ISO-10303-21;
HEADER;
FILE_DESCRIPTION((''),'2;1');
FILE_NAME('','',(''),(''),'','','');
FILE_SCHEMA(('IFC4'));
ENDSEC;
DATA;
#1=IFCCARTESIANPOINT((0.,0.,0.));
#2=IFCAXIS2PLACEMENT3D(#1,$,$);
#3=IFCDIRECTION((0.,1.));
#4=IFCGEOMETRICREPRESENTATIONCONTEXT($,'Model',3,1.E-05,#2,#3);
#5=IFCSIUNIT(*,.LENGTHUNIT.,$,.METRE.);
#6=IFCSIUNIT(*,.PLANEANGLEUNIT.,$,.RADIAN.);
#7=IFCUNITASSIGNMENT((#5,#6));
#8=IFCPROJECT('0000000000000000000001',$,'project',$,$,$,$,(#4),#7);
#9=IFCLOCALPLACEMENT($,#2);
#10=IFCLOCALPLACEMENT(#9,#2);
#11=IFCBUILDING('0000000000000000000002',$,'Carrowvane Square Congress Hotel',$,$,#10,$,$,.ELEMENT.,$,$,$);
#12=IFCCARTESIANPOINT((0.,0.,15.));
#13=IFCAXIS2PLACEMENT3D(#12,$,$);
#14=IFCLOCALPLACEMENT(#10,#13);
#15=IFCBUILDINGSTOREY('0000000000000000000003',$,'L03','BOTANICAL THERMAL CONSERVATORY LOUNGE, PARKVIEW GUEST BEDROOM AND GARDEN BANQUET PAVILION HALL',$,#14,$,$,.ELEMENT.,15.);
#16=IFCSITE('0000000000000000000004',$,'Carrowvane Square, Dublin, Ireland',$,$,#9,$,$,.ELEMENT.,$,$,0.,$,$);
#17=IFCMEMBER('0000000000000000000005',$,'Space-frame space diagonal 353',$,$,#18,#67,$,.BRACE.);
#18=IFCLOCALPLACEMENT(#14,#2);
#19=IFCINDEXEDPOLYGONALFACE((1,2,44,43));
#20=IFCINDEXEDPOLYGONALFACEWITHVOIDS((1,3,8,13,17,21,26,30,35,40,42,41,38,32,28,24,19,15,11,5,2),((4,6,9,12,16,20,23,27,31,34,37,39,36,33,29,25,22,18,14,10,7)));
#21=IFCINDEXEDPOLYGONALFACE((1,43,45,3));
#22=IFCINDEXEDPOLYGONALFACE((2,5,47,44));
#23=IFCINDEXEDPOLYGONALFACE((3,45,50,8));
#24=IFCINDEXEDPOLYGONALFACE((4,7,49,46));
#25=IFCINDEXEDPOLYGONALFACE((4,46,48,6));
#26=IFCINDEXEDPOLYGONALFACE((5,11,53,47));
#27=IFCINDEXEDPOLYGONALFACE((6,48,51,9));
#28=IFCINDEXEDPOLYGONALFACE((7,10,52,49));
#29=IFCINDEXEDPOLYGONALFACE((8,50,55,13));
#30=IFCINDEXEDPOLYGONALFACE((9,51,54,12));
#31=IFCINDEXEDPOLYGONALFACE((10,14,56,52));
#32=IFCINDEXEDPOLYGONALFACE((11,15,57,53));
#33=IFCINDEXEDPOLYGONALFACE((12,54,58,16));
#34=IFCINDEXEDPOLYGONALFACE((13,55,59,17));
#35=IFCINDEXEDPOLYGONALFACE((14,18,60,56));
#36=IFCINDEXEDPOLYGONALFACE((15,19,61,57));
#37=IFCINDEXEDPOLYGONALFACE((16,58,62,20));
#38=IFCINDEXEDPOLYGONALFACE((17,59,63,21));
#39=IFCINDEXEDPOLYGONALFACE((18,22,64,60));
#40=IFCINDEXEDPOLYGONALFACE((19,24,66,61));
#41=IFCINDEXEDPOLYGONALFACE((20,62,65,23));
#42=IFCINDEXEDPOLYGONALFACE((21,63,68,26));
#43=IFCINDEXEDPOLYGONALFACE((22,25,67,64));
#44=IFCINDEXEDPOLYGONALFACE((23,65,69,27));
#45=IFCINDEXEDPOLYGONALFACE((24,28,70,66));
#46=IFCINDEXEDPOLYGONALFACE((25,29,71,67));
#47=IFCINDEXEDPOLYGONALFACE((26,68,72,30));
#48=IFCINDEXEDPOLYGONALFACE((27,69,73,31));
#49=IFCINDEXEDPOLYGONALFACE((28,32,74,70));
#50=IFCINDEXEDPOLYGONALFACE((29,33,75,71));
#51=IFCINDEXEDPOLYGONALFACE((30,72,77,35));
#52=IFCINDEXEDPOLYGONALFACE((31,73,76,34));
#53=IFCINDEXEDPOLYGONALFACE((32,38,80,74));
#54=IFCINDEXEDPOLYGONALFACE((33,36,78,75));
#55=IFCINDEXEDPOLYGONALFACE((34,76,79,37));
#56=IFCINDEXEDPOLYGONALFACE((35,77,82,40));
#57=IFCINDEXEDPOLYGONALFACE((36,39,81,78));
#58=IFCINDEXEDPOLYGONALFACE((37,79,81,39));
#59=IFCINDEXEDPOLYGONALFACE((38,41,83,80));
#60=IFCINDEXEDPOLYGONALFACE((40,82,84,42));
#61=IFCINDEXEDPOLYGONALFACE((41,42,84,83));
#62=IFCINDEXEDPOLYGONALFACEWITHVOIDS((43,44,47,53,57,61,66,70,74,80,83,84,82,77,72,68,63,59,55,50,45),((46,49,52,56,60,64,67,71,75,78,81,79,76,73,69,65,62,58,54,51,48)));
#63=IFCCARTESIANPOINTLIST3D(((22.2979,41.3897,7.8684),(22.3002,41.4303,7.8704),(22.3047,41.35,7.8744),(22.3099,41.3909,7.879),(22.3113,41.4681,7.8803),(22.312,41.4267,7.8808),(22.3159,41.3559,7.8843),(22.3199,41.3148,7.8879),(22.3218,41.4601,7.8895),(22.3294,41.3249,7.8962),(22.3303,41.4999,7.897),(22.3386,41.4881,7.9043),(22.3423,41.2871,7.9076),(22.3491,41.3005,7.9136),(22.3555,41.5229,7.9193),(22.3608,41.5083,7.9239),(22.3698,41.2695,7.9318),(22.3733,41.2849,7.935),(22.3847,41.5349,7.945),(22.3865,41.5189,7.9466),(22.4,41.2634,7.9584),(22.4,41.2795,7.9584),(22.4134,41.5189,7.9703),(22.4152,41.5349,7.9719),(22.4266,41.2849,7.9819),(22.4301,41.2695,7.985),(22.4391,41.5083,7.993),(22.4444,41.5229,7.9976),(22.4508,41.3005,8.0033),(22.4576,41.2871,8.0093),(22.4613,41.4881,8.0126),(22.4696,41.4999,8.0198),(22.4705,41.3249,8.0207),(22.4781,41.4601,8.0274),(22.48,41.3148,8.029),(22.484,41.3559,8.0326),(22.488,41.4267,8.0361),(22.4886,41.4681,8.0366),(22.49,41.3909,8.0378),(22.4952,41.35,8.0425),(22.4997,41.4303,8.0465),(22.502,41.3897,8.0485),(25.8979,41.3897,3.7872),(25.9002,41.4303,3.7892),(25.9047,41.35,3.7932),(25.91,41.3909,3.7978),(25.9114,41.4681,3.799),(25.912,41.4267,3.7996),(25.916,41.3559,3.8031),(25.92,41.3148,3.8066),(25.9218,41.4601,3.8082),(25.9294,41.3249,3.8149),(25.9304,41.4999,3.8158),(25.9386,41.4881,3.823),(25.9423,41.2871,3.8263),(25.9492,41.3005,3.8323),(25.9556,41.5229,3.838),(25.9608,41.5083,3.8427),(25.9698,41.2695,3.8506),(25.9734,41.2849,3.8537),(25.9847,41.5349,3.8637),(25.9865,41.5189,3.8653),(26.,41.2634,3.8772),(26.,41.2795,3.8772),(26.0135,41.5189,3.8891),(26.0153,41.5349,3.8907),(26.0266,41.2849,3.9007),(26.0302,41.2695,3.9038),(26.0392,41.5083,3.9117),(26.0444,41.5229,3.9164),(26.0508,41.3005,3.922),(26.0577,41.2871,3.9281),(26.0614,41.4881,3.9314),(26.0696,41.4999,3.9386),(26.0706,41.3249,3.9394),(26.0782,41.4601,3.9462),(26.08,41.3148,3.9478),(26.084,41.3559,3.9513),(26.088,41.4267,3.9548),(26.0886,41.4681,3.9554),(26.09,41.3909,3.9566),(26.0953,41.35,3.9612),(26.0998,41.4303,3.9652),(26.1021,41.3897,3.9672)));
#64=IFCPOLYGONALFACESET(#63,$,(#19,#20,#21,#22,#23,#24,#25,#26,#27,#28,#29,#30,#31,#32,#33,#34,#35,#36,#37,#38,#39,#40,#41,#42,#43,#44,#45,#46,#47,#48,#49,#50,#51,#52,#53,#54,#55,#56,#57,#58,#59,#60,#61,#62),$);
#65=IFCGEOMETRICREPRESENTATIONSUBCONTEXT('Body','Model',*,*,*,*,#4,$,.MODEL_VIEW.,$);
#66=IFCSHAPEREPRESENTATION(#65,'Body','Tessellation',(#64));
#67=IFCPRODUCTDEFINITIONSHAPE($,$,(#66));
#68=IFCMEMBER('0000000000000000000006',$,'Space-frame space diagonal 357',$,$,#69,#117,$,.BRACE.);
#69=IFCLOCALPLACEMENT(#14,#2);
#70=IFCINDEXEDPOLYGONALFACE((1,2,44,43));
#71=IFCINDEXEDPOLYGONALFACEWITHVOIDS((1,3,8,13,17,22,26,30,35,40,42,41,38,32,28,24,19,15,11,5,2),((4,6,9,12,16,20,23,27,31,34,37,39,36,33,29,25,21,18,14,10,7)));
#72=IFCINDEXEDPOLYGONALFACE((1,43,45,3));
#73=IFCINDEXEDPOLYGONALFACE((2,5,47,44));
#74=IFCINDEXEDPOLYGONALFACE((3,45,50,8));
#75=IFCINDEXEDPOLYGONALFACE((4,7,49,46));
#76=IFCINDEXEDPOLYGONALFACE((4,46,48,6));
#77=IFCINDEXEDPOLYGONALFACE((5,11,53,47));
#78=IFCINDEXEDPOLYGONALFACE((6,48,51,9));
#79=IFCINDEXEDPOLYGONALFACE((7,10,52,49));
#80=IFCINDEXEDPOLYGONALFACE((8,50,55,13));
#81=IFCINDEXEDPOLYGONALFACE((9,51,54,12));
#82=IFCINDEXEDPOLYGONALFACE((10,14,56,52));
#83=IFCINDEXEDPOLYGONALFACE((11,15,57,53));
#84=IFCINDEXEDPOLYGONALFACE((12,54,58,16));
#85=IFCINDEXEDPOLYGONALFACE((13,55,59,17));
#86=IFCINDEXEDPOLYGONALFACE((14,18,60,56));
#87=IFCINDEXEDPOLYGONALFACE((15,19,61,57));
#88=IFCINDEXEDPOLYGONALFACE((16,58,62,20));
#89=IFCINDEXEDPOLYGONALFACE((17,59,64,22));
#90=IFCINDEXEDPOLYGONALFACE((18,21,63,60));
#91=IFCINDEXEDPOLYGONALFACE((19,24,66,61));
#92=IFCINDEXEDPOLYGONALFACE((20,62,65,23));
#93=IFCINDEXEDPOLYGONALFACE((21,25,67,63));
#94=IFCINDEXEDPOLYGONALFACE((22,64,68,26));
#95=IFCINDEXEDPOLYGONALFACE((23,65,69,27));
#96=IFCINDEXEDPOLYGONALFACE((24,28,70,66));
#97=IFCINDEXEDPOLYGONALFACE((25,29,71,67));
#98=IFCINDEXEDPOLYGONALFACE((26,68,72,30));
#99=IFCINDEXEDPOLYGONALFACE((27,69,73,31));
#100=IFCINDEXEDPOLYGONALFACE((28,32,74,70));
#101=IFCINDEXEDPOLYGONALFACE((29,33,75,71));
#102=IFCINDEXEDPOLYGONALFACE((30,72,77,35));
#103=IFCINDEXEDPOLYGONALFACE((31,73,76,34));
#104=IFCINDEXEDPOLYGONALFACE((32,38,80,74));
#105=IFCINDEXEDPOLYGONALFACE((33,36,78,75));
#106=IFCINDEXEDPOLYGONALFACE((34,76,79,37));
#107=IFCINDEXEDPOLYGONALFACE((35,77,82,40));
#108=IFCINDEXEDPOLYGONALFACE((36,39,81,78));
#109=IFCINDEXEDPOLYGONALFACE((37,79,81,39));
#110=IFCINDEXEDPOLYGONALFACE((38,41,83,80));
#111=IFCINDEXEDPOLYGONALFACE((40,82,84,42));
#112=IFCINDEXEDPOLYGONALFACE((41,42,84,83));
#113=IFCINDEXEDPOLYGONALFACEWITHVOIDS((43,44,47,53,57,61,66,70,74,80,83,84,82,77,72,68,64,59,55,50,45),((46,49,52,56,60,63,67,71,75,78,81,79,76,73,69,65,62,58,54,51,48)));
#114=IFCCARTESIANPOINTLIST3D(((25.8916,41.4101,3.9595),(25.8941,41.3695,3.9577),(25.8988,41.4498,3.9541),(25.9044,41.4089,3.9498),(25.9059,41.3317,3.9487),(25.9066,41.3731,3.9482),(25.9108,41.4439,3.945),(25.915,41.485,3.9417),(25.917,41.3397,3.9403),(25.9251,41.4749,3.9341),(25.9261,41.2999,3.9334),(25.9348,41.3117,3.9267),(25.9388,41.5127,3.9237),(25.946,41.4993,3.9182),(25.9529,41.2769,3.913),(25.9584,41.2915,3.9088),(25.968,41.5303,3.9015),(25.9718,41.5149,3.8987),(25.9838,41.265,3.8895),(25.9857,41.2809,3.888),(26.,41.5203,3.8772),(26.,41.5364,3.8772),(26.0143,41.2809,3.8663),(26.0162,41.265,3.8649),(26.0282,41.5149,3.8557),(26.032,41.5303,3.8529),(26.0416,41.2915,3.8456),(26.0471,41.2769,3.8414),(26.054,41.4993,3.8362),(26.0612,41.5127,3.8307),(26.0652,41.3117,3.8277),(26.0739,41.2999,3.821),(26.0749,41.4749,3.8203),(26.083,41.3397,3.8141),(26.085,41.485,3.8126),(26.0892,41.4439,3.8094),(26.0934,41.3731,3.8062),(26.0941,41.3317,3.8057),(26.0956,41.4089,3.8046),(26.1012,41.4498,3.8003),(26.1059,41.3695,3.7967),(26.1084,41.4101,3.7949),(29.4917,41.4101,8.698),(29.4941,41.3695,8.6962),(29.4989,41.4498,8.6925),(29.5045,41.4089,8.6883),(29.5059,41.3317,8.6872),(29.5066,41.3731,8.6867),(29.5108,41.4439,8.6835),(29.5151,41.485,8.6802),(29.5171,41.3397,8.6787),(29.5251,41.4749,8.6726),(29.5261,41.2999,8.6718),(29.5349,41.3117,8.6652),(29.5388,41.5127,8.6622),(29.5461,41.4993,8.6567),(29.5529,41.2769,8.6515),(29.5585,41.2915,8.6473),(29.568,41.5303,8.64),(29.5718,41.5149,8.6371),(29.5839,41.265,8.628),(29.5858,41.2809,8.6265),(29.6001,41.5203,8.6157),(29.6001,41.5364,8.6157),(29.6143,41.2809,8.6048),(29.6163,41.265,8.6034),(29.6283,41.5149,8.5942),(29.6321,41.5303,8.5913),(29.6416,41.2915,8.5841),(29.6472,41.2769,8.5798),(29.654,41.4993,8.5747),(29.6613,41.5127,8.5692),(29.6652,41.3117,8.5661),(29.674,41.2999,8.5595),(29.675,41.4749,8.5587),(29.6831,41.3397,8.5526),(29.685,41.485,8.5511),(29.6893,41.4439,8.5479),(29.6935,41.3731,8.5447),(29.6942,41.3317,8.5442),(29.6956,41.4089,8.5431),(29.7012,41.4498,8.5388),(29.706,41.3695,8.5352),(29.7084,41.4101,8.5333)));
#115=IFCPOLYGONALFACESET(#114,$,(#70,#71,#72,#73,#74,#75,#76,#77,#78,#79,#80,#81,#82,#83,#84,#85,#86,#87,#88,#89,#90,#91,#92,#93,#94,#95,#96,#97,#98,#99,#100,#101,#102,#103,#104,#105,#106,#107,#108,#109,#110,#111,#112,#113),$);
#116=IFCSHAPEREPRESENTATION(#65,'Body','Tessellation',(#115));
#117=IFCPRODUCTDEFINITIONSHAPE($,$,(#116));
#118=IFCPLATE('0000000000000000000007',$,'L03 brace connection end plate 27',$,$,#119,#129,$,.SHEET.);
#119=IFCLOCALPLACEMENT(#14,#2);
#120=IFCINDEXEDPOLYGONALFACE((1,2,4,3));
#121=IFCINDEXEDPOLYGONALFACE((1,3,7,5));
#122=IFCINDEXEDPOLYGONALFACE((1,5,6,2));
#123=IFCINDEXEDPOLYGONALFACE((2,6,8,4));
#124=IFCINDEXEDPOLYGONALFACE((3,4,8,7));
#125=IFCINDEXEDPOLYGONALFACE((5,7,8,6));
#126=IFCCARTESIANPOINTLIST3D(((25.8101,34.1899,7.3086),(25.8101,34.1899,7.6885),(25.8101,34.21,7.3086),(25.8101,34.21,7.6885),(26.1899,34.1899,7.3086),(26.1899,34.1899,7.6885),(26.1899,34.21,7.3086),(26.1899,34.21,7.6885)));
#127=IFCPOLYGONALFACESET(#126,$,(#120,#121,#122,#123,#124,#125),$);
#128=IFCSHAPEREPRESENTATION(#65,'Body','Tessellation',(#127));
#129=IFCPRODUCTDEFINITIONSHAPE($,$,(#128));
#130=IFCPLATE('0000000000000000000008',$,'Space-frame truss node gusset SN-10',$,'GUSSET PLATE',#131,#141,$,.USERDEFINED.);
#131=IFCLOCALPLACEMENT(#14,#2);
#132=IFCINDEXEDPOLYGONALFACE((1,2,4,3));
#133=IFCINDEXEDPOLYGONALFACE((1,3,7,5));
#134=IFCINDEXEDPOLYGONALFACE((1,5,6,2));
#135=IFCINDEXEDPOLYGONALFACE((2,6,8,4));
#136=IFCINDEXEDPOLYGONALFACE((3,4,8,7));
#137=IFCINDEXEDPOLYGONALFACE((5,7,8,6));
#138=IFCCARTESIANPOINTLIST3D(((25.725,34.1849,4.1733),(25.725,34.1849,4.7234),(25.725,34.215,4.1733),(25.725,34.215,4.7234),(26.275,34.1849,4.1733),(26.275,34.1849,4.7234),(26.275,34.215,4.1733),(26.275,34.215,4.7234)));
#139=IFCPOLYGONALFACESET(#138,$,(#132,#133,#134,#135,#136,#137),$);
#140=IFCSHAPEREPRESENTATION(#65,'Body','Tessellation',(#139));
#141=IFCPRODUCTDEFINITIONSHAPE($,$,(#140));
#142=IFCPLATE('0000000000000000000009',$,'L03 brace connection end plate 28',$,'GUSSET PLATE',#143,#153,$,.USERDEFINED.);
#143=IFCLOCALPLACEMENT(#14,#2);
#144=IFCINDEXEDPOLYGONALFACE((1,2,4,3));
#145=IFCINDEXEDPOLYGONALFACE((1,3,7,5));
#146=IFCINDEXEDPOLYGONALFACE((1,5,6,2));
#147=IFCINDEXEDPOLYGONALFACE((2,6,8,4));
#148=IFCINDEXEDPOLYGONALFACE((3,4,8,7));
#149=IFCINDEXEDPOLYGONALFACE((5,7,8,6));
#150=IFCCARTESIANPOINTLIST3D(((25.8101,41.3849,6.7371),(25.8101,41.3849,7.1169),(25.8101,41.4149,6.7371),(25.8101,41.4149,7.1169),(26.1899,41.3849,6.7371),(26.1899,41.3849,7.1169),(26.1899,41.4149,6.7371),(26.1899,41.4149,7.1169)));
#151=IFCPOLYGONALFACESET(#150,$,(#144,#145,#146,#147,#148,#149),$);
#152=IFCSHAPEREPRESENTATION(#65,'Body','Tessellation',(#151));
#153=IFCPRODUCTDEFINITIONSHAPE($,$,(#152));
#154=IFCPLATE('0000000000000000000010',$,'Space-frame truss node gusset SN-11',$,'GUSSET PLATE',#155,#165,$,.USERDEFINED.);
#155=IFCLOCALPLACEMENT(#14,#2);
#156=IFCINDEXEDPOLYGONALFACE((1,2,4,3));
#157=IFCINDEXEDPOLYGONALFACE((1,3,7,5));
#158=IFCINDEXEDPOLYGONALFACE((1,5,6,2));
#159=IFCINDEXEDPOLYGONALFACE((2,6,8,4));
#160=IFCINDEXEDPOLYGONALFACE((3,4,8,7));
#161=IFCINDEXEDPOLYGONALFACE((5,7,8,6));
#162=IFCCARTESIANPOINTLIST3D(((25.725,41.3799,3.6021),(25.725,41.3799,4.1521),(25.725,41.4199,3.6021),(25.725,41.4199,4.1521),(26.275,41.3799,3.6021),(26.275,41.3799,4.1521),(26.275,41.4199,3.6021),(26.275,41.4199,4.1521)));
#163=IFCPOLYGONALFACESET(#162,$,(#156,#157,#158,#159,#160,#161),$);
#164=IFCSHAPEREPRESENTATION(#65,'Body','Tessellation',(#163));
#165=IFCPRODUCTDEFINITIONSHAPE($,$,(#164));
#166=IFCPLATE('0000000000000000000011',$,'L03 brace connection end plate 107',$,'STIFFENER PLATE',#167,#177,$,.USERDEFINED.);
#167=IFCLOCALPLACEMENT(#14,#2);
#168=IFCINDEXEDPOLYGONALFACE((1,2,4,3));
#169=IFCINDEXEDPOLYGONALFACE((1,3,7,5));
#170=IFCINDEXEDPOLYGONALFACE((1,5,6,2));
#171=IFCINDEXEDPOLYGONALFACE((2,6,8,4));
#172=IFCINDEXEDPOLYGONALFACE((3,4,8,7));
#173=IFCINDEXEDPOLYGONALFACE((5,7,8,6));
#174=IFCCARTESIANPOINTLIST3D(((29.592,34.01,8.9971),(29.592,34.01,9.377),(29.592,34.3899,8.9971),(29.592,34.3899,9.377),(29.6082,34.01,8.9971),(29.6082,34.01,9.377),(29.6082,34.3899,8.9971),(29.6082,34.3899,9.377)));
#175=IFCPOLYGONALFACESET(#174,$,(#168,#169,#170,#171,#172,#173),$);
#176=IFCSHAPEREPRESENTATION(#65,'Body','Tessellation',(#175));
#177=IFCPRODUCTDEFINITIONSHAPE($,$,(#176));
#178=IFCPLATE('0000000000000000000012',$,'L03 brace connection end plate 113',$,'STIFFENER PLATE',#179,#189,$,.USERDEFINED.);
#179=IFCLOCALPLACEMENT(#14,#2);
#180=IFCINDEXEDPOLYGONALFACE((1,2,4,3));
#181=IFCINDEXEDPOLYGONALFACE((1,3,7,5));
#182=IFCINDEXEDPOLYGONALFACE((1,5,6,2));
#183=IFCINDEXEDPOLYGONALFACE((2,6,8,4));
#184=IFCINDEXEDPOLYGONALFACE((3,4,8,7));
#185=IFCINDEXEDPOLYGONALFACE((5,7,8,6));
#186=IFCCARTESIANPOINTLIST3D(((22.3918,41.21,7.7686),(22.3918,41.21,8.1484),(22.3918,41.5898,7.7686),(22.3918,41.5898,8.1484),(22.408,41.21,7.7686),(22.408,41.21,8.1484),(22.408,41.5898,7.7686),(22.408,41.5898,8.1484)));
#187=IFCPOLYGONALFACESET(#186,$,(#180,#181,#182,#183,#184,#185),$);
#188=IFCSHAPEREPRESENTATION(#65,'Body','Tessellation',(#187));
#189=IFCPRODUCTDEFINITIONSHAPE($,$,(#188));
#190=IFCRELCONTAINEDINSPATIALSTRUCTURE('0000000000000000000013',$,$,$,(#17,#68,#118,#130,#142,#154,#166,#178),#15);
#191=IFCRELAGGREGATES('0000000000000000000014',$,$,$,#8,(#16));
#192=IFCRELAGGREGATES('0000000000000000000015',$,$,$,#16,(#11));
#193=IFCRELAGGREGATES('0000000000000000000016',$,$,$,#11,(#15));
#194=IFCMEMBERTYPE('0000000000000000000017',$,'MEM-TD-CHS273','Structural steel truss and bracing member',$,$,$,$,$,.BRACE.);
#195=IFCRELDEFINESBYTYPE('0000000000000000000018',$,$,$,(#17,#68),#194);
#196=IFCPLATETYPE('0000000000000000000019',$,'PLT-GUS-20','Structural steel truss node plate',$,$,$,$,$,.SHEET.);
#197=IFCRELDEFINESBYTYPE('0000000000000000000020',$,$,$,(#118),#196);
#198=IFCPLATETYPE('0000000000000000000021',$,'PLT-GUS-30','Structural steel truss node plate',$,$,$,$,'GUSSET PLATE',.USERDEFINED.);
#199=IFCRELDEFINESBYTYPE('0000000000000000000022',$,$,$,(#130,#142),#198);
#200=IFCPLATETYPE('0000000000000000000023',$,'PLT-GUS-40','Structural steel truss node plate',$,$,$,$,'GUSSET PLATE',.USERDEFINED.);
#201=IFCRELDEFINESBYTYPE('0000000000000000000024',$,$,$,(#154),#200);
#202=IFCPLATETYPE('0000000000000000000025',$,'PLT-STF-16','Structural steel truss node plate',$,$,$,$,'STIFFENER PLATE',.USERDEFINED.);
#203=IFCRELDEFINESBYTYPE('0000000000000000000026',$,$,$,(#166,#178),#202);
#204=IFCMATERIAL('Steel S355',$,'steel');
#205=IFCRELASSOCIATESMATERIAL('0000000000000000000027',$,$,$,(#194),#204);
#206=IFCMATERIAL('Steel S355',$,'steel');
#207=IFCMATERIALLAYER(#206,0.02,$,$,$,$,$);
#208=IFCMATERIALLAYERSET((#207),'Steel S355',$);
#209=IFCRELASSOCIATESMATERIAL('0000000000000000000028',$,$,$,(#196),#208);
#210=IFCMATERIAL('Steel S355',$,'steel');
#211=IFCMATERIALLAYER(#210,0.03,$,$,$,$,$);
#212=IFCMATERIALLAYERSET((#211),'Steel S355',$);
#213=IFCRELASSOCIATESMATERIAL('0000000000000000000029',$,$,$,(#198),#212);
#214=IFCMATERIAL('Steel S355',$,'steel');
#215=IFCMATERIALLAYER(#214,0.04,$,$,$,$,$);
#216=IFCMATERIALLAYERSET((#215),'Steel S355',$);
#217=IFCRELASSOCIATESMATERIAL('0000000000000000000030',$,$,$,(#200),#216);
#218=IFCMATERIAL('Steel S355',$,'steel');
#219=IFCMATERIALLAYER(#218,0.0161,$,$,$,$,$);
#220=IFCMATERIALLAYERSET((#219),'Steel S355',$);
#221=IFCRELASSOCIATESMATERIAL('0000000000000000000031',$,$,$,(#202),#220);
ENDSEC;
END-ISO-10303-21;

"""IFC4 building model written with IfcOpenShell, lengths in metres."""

from ifc_helpers import new_model, si_unit, direction, frame, origin, origin_2d, place, context, subcontext, project, spatial, rectangle, hollow_circle, extrude, material, layer, layer_set, material_profile, profile_set, type_object, element, save


model = new_model("IFC4")

# Units and contexts
model_context = context("Model", 3, precision=1e-05, world=origin(), true_north=direction((0.0, 1.0)))
body_context = subcontext(model_context, "Body", "Model", "MODEL_VIEW")
ifc_project = project(units=[si_unit("LENGTHUNIT", "METRE"), si_unit("PLANEANGLEUNIT", "RADIAN")], contexts=[model_context])

# Site, building, storey
site_placement = place(None, origin())
site = spatial("IfcSite", under=ifc_project, at=site_placement, Name="Carrowvane Square, Dublin, Ireland", CompositionType="ELEMENT", RefElevation=0.0)
building_placement = place(site_placement, origin())
building = spatial("IfcBuilding", under=site, at=building_placement, Name="Carrowvane Square Congress Hotel", CompositionType="ELEMENT")
storey_placement = place(building_placement, frame((0.0, 0.0, 15.0)))
storey = spatial("IfcBuildingStorey", under=building, at=storey_placement, Name="L03", Description="BOTANICAL THERMAL CONSERVATORY LOUNGE, PARKVIEW GUEST BEDROOM AND GARDEN BANQUET PAVILION HALL", CompositionType="ELEMENT", Elevation=15.0)

# Members
ifc_material_1 = material(Name="Steel S355", Category="steel")
ifc_material_profile_1 = material_profile(ifc_material_1, hollow_circle(Radius=0.1365, WallThickness=0.0161, at=origin_2d()), Name="CHS 273.0x16")
ifc_profile_set_1 = profile_set([ifc_material_profile_1], Name="Steel S355")
member_type_1 = type_object("IfcMemberType", Name="MEM-TD-CHS273", Description="Structural steel truss and bracing member", PredefinedType="BRACE", material=ifc_profile_set_1)
member_1_placement = place(storey_placement, frame((26.0, 41.3999, 3.8772), z_axis=(-0.661513, 0.0, 0.749933), x_axis=(0.0, -1.0, 0.0)))
element("IfcMember", 1, at=member_1_placement, inside=storey, type_object=member_type_1, Name="Space-frame space diagonal 353", PredefinedType="BRACE", context=body_context, shape_type="SweptSolid", body=[
    extrude(hollow_circle(Radius=0.1365, WallThickness=0.0161, at=origin_2d()), origin(), (0.0, 0.0, 1.0), 5.4421),
])
member_2_placement = place(storey_placement, frame((26.0, 41.3999, 3.8772), z_axis=(0.604957, 0.0, 0.796258), x_axis=(0.0, 1.0, 0.0)))
element("IfcMember", 2, at=member_2_placement, inside=storey, type_object=member_type_1, Name="Space-frame space diagonal 357", PredefinedType="BRACE", context=body_context, shape_type="SweptSolid", body=[
    extrude(hollow_circle(Radius=0.1365, WallThickness=0.0161, at=origin_2d()), origin(), (0.0, 0.0, 1.0), 5.9509),
])

# Plates
ifc_material_2 = material(Name="Steel S355", Category="steel")
ifc_layer_1 = layer(ifc_material_2, 0.02)
ifc_layer_set_1 = layer_set([ifc_layer_1], Name="Steel S355")
plate_type_1 = type_object("IfcPlateType", Name="PLT-GUS-20", Description="Structural steel truss node plate", PredefinedType="SHEET", material=ifc_layer_set_1)
plate_1_placement = place(storey_placement, frame((26.0, 34.2, 7.3086), z_axis=(0.0, 0.0, 1.0), x_axis=(1.0, 0.0, 0.0)))
element("IfcPlate", 3, at=plate_1_placement, inside=storey, type_object=plate_type_1, Name="L03 brace connection end plate 27", PredefinedType="SHEET", context=body_context, shape_type="SweptSolid", body=[
    extrude(rectangle(XDim=0.3799, YDim=0.02, at=origin_2d()), origin(), (0.0, 0.0, 1.0), 0.3799),
])
ifc_material_3 = material(Name="Steel S355", Category="steel")
ifc_layer_2 = layer(ifc_material_3, 0.03)
ifc_layer_set_2 = layer_set([ifc_layer_2], Name="Steel S355")
plate_type_2 = type_object("IfcPlateType", Name="PLT-GUS-30", Description="Structural steel truss node plate", ElementType="GUSSET PLATE", PredefinedType="USERDEFINED", material=ifc_layer_set_2)
plate_2_placement = place(storey_placement, frame((26.0, 34.2, 4.1733), z_axis=(0.0, 0.0, 1.0), x_axis=(1.0, 0.0, 0.0)))
element("IfcPlate", 4, at=plate_2_placement, inside=storey, type_object=plate_type_2, Name="Space-frame truss node gusset SN-10", ObjectType="GUSSET PLATE", PredefinedType="USERDEFINED", context=body_context, shape_type="SweptSolid", body=[
    extrude(rectangle(XDim=0.55, YDim=0.03, at=origin_2d()), origin(), (0.0, 0.0, 1.0), 0.55),
])
plate_3_placement = place(storey_placement, frame((26.0, 41.3999, 6.7371), z_axis=(0.0, 0.0, 1.0), x_axis=(1.0, 0.0, 0.0)))
element("IfcPlate", 5, at=plate_3_placement, inside=storey, type_object=plate_type_2, Name="L03 brace connection end plate 28", ObjectType="GUSSET PLATE", PredefinedType="USERDEFINED", context=body_context, shape_type="SweptSolid", body=[
    extrude(rectangle(XDim=0.3799, YDim=0.03, at=origin_2d()), origin(), (0.0, 0.0, 1.0), 0.3799),
])
ifc_material_4 = material(Name="Steel S355", Category="steel")
ifc_layer_3 = layer(ifc_material_4, 0.04)
ifc_layer_set_3 = layer_set([ifc_layer_3], Name="Steel S355")
plate_type_3 = type_object("IfcPlateType", Name="PLT-GUS-40", Description="Structural steel truss node plate", ElementType="GUSSET PLATE", PredefinedType="USERDEFINED", material=ifc_layer_set_3)
plate_4_placement = place(storey_placement, frame((26.0, 41.3999, 3.6021), z_axis=(0.0, 0.0, 1.0), x_axis=(1.0, 0.0, 0.0)))
element("IfcPlate", 6, at=plate_4_placement, inside=storey, type_object=plate_type_3, Name="Space-frame truss node gusset SN-11", ObjectType="GUSSET PLATE", PredefinedType="USERDEFINED", context=body_context, shape_type="SweptSolid", body=[
    extrude(rectangle(XDim=0.55, YDim=0.04, at=origin_2d()), origin(), (0.0, 0.0, 1.0), 0.55),
])
ifc_material_5 = material(Name="Steel S355", Category="steel")
ifc_layer_4 = layer(ifc_material_5, 0.0161)
ifc_layer_set_4 = layer_set([ifc_layer_4], Name="Steel S355")
plate_type_4 = type_object("IfcPlateType", Name="PLT-STF-16", Description="Structural steel truss node plate", ElementType="STIFFENER PLATE", PredefinedType="USERDEFINED", material=ifc_layer_set_4)
for number, where, z_axis, x_axis, name in (
    (7, (29.6001, 34.2, 8.9971), (0.0, 0.0, 1.0), (1.0, 0.0, 0.0), "L03 brace connection end plate 107"),
    (8, (22.3999, 41.3999, 7.7686), (0.0, 0.0, 1.0), (1.0, 0.0, 0.0), "L03 brace connection end plate 113"),
):
    element("IfcPlate", number, at=place(storey_placement, frame(where, z_axis=z_axis, x_axis=x_axis)), inside=storey, type_object=plate_type_4, Name=name, ObjectType="STIFFENER PLATE", PredefinedType="USERDEFINED", context=body_context, shape_type="SweptSolid", body=[
        extrude(rectangle(XDim=0.0161, YDim=0.3799, at=origin_2d()), origin(), (0.0, 0.0, 1.0), 0.3799),
    ])

save(model, "model.ifc")
